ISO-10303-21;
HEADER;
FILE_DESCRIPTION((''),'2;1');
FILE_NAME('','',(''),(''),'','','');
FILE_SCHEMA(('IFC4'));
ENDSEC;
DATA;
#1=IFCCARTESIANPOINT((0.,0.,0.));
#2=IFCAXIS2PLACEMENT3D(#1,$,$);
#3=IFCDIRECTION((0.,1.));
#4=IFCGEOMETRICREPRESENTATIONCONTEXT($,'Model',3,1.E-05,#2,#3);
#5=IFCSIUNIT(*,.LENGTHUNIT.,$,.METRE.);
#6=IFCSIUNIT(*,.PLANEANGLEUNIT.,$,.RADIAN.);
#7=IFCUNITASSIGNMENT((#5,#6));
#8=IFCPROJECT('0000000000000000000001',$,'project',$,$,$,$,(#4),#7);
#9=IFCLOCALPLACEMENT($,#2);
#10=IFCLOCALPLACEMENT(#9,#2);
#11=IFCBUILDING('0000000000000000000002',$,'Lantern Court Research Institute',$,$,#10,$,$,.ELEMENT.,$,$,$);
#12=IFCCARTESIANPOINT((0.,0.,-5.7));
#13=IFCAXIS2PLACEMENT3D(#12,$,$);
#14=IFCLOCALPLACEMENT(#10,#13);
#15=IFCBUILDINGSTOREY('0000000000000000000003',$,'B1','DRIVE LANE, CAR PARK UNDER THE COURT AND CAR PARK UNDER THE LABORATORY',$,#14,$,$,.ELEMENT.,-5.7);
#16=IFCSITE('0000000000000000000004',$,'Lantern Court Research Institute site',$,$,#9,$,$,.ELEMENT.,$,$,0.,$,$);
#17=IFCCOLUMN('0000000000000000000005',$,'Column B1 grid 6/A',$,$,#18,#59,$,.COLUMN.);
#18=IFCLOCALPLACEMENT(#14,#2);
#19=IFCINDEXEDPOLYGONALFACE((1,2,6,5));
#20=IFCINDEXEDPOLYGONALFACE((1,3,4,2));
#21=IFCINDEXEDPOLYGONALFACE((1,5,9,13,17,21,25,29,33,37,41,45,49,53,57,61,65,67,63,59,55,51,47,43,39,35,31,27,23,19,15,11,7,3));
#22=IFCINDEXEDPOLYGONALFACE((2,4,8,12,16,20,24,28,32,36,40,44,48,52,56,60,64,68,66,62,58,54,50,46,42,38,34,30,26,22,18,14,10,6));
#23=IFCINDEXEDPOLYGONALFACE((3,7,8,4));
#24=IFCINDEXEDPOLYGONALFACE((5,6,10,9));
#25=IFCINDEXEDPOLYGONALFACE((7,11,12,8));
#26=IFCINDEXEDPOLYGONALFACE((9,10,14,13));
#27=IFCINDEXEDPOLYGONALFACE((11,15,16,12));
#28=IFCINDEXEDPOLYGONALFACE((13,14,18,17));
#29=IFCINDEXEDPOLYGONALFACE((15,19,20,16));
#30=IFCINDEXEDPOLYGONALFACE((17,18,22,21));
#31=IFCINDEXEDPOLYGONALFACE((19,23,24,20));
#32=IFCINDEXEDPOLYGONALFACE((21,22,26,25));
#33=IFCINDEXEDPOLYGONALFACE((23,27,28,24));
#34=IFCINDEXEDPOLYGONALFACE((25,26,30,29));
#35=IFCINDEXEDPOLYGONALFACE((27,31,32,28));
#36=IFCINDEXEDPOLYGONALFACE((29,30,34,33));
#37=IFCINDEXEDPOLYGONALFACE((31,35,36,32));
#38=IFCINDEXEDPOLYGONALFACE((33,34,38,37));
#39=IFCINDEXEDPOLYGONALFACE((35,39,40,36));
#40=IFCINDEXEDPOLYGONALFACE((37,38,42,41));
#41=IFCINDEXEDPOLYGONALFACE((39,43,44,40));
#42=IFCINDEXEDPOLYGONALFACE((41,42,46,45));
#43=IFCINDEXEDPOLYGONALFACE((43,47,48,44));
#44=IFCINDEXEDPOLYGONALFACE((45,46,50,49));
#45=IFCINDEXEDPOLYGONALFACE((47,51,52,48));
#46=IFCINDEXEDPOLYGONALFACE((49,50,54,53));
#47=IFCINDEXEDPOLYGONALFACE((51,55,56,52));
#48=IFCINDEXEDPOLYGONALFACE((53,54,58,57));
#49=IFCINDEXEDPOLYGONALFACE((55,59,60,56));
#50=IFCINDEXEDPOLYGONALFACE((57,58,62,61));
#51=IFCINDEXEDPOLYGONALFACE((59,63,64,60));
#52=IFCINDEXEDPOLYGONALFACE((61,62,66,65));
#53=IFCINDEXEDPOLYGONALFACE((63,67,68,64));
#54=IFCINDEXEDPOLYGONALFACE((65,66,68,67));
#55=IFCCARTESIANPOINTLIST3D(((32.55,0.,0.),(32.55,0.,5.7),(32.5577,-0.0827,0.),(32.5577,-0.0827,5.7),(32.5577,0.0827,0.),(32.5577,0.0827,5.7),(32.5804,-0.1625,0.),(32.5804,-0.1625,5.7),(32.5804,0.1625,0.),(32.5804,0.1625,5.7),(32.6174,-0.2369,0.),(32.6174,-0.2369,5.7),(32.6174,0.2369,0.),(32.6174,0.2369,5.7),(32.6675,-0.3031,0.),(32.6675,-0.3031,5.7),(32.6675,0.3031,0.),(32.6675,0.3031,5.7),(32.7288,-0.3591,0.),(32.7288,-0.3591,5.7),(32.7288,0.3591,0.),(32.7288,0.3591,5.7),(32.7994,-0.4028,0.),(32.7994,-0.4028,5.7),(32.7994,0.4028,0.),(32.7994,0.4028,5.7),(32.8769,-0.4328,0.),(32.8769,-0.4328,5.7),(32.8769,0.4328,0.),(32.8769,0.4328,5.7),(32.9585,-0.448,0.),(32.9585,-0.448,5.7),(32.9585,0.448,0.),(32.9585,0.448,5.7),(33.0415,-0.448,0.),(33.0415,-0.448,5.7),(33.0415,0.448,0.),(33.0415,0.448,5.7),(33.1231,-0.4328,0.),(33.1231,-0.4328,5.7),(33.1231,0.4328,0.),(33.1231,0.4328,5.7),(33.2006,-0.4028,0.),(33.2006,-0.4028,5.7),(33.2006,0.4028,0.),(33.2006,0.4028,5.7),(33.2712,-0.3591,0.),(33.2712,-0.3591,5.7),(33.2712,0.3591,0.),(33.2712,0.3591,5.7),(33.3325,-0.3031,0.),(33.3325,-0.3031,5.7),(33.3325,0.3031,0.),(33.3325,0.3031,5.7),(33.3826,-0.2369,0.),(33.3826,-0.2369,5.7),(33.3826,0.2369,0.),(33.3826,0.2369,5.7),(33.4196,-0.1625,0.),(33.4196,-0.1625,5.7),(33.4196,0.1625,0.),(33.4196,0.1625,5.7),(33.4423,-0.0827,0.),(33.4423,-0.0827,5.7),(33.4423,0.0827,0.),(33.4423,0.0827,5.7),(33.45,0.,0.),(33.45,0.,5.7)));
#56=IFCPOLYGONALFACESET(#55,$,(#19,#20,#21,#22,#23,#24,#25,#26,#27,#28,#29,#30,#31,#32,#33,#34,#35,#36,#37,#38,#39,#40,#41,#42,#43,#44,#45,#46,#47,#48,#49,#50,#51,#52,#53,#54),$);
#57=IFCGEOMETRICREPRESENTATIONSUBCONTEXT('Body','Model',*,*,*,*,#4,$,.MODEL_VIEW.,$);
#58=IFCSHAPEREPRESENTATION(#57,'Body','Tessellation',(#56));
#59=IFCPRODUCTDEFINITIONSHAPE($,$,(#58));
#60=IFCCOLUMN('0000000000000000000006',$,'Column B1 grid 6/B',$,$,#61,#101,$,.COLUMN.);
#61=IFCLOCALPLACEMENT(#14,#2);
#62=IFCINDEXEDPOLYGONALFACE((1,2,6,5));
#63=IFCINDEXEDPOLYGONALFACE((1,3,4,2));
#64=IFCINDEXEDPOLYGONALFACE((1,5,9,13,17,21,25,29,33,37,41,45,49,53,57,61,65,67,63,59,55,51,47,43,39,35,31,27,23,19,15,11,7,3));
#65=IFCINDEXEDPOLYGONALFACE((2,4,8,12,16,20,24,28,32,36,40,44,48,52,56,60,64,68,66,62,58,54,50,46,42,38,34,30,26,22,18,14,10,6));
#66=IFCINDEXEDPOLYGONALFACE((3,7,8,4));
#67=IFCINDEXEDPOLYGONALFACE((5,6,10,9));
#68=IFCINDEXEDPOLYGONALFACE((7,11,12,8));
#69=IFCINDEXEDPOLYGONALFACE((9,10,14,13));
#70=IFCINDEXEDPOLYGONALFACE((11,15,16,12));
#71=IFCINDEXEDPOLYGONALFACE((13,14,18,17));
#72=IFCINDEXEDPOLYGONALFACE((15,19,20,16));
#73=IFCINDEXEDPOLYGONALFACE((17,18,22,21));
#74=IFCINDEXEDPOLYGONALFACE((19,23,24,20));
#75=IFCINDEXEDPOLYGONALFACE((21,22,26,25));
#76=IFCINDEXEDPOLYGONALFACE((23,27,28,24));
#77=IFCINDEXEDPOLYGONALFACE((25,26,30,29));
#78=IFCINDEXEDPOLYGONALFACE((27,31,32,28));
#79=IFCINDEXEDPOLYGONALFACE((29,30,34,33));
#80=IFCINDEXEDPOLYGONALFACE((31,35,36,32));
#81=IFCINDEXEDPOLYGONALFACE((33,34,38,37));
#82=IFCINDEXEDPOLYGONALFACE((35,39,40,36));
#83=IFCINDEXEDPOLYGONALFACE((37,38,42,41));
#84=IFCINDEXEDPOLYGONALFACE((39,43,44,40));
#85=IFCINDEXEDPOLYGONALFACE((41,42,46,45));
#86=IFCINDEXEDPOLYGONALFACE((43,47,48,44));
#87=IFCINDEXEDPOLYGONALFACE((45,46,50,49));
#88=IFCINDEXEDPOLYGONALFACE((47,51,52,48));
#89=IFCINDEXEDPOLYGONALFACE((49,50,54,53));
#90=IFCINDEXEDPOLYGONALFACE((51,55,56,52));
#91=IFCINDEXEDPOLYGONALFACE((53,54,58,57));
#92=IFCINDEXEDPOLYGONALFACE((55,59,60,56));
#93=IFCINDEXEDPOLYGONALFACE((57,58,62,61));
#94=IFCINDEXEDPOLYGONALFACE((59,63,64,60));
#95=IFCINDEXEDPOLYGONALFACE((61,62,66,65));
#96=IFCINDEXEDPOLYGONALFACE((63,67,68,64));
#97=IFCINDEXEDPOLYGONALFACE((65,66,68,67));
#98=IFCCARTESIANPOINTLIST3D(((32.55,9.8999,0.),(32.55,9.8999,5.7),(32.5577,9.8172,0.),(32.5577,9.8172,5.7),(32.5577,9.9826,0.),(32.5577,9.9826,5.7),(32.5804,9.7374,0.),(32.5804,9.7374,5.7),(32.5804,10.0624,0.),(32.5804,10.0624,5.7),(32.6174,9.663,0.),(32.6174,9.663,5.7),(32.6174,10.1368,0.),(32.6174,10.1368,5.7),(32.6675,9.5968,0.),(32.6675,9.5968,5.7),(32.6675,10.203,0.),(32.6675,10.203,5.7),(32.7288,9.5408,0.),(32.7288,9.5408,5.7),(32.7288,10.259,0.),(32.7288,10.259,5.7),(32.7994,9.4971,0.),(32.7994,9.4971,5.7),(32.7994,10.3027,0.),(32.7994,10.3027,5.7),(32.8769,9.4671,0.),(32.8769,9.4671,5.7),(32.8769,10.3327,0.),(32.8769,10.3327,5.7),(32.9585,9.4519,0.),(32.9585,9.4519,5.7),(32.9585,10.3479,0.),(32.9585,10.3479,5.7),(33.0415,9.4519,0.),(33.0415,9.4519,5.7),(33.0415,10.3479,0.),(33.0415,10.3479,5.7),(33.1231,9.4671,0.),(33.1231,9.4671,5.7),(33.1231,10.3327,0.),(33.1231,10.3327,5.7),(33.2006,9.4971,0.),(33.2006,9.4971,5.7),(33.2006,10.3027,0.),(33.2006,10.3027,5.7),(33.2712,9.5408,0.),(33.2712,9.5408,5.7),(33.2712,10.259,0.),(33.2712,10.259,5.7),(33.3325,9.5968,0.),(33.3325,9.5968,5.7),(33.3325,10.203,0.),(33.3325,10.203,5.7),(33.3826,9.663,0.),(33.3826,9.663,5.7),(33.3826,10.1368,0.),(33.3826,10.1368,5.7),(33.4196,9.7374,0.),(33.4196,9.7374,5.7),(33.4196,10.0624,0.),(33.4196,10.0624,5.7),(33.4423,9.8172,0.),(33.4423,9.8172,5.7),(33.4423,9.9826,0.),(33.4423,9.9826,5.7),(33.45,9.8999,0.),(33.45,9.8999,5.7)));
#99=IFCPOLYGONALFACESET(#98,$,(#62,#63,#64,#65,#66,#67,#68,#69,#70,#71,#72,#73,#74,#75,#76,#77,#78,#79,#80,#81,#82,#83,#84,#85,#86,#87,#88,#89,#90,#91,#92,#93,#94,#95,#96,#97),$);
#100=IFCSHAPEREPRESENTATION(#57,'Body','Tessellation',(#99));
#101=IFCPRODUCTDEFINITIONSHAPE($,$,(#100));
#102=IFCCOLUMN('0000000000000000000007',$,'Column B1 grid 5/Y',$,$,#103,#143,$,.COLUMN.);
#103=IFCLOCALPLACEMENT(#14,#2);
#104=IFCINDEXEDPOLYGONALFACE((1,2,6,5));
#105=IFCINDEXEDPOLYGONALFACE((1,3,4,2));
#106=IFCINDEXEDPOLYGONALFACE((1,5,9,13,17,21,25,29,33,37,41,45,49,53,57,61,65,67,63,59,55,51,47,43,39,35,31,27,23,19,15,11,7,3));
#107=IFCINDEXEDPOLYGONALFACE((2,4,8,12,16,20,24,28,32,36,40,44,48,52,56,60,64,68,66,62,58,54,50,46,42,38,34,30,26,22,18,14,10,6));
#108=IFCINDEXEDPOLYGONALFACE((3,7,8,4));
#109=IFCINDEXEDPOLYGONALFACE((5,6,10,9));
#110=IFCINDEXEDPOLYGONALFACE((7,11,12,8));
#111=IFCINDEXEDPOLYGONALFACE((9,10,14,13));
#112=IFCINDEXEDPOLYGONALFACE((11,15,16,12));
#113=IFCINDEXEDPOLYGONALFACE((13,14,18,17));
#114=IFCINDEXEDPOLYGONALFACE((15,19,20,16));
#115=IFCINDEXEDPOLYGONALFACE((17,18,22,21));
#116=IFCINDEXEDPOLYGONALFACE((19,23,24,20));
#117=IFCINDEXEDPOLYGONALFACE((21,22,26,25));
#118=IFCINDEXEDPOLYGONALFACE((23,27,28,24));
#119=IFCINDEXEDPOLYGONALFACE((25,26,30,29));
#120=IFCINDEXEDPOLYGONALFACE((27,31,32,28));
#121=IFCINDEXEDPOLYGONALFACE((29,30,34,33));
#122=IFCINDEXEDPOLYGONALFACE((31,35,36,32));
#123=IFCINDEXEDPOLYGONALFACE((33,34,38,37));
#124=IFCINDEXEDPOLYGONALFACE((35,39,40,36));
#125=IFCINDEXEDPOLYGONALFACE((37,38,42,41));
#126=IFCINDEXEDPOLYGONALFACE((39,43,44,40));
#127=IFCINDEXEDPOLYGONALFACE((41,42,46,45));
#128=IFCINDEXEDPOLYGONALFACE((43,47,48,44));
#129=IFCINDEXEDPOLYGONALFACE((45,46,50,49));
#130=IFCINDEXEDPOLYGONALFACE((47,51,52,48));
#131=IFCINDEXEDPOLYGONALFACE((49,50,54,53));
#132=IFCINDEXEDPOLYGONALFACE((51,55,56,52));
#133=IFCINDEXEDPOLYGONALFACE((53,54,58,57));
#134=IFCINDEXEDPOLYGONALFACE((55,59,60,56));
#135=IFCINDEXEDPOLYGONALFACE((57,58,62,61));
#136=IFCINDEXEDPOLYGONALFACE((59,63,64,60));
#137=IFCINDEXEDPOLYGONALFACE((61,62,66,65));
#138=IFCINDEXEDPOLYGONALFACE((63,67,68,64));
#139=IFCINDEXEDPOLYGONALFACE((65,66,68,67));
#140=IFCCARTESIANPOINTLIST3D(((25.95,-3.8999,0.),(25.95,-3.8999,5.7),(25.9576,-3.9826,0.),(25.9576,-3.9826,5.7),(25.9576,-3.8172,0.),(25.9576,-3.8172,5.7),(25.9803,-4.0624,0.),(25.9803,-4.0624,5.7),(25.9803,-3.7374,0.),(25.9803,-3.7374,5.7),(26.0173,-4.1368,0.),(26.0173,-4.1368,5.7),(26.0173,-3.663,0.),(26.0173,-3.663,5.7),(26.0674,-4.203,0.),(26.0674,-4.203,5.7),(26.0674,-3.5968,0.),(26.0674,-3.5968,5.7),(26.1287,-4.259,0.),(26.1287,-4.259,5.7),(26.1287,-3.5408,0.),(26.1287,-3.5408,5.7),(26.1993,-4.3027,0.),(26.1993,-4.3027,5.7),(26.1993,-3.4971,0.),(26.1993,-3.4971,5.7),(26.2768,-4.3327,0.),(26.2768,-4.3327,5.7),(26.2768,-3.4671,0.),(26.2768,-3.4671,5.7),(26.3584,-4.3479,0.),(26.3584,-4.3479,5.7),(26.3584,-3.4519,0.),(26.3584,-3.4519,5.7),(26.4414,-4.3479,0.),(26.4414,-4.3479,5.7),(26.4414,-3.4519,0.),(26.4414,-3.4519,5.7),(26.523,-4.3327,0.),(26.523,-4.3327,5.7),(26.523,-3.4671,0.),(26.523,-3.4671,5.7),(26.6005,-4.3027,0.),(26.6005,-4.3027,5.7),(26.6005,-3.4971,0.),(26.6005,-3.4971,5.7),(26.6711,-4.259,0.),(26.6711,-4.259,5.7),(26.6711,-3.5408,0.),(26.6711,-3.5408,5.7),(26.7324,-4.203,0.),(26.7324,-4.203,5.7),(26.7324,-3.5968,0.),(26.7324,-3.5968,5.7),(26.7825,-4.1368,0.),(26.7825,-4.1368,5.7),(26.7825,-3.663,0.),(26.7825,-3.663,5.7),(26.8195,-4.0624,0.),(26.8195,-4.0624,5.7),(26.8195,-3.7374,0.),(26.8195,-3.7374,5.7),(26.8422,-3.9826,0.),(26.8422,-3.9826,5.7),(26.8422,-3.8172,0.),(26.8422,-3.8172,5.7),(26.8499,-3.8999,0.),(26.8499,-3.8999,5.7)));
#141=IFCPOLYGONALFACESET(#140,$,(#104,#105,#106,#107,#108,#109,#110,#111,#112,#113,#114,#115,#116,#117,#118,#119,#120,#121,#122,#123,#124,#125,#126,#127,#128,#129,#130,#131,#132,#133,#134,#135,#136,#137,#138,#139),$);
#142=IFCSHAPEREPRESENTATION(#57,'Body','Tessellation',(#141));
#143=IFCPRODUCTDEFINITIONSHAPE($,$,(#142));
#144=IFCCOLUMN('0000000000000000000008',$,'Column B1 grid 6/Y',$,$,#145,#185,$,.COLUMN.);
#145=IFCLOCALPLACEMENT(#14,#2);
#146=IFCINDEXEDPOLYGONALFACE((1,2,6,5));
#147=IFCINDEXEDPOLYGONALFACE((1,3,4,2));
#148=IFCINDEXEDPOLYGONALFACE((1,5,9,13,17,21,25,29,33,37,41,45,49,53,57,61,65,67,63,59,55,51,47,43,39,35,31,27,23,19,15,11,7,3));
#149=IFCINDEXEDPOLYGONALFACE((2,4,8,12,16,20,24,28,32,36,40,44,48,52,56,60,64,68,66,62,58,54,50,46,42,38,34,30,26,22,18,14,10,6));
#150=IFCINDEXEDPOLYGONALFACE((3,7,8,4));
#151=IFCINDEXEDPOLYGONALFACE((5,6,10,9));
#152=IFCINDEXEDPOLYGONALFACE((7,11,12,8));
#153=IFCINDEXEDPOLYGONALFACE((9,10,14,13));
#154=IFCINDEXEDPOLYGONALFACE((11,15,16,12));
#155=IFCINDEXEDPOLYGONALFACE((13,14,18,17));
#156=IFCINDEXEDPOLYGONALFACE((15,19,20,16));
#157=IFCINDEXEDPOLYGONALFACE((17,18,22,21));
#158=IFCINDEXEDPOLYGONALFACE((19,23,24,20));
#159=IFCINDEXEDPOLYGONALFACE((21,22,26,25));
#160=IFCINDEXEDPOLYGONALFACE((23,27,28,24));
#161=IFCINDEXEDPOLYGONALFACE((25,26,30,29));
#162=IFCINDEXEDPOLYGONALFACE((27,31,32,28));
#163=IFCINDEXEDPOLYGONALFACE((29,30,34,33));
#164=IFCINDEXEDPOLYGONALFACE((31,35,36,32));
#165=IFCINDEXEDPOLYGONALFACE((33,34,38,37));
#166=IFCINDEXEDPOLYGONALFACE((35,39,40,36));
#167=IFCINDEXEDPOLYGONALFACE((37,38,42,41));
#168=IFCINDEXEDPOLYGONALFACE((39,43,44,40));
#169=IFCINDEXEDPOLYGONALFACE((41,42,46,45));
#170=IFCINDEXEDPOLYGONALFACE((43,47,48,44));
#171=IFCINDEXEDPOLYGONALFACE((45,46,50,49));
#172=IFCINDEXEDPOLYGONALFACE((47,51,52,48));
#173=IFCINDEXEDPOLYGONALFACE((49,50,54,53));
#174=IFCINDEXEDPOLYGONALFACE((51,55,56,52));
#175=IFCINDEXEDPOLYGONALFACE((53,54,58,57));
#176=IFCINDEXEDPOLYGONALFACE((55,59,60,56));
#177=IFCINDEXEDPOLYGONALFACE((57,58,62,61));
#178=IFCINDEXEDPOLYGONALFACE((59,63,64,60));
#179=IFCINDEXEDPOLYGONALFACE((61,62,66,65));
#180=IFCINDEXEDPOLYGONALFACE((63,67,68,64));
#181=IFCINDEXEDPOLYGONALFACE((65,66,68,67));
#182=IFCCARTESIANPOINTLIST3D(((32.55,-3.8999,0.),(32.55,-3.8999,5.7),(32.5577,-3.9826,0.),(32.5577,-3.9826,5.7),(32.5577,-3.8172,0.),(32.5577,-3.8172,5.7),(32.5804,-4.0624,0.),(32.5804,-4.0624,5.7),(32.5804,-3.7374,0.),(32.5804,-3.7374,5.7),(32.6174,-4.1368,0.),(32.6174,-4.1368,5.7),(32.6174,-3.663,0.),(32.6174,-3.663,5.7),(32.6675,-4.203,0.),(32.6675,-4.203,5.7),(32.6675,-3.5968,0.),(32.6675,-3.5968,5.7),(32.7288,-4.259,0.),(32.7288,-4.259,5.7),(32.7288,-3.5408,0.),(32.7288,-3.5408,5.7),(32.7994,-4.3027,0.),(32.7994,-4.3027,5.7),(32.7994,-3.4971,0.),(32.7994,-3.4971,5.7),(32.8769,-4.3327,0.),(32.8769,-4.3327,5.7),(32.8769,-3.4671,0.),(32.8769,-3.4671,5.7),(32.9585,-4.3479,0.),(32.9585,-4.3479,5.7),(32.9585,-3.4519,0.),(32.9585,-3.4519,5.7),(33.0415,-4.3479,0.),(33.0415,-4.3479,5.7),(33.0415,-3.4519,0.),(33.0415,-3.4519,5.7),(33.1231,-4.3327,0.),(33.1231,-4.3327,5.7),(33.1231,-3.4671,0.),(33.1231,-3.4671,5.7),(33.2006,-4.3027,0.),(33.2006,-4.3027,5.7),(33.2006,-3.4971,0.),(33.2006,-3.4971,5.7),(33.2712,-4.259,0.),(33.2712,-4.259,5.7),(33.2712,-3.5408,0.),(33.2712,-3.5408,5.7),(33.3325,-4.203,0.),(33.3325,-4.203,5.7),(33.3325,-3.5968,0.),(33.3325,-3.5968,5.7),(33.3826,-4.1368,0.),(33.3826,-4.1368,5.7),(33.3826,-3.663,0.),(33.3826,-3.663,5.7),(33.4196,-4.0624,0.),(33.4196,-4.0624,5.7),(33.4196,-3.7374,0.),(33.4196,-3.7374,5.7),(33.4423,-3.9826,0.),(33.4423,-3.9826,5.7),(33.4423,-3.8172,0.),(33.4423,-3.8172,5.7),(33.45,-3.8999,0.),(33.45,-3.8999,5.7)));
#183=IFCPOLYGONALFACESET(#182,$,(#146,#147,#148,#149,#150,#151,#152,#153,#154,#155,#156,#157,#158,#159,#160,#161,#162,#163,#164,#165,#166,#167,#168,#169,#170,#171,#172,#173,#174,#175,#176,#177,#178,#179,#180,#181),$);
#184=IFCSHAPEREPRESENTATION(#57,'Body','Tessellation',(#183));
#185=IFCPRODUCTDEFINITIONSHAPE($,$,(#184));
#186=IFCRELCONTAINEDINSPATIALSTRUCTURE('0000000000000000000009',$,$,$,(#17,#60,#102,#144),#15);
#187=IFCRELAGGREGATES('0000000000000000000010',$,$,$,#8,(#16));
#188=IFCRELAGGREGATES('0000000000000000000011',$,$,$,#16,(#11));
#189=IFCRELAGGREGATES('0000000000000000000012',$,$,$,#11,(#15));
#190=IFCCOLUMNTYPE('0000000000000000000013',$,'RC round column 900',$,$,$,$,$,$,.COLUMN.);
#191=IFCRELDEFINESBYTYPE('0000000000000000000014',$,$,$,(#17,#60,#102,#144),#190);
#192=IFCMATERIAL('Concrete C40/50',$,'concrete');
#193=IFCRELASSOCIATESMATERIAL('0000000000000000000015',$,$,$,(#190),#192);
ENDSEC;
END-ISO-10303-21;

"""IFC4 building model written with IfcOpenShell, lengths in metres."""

from ifc_helpers import new_model, si_unit, direction, frame, origin, origin_2d, place, context, subcontext, project, spatial, circle, extrude, material, material_profile, profile_set, type_object, element, save


model = new_model("IFC4")

# Units and contexts
model_context = context("Model", 3, precision=1e-05, world=origin(), true_north=direction((0.0, 1.0)))
body_context = subcontext(model_context, "Body", "Model", "MODEL_VIEW")
ifc_project = project(units=[si_unit("LENGTHUNIT", "METRE"), si_unit("PLANEANGLEUNIT", "RADIAN")], contexts=[model_context])

# Site, building, storey
site_placement = place(None, origin())
site = spatial("IfcSite", under=ifc_project, at=site_placement, Name="Lantern Court Research Institute site", CompositionType="ELEMENT", RefElevation=0.0)
building_placement = place(site_placement, origin())
building = spatial("IfcBuilding", under=site, at=building_placement, Name="Lantern Court Research Institute", CompositionType="ELEMENT")
storey_placement = place(building_placement, frame((0.0, 0.0, -5.7)))
storey = spatial("IfcBuildingStorey", under=building, at=storey_placement, Name="B1", Description="DRIVE LANE, CAR PARK UNDER THE COURT AND CAR PARK UNDER THE LABORATORY", CompositionType="ELEMENT", Elevation=-5.7)

# Columns
ifc_material_1 = material(Name="Concrete C40/50", Category="concrete")
ifc_material_profile_1 = material_profile(ifc_material_1, circle(Radius=0.45, at=origin_2d()), Name="RC round column 900")
ifc_profile_set_1 = profile_set([ifc_material_profile_1], Name="Concrete C40/50")
column_type = type_object("IfcColumnType", Name="RC round column 900", PredefinedType="COLUMN", material=ifc_profile_set_1)
for number, where, z_axis, x_axis, name in (
    (1, (33.0, 0.0, 0.0), (0.0, 0.0, 1.0), (1.0, 0.0, 0.0), "Column B1 grid 6/A"),
    (2, (33.0, 9.8999, 0.0), (0.0, 0.0, 1.0), (1.0, 0.0, 0.0), "Column B1 grid 6/B"),
    (3, (26.3999, -3.8999, 0.0), (0.0, 0.0, 1.0), (1.0, 0.0, 0.0), "Column B1 grid 5/Y"),
    (4, (33.0, -3.8999, 0.0), (0.0, 0.0, 1.0), (1.0, 0.0, 0.0), "Column B1 grid 6/Y"),
):
    element("IfcColumn", number, at=place(storey_placement, frame(where, z_axis=z_axis, x_axis=x_axis)), inside=storey, type_object=column_type, Name=name, PredefinedType="COLUMN", context=body_context, shape_type="SweptSolid", body=[
        extrude(circle(Radius=0.45, at=origin_2d()), origin(), (0.0, 0.0, 1.0), 5.7),
    ])

save(model, "model.ifc")
